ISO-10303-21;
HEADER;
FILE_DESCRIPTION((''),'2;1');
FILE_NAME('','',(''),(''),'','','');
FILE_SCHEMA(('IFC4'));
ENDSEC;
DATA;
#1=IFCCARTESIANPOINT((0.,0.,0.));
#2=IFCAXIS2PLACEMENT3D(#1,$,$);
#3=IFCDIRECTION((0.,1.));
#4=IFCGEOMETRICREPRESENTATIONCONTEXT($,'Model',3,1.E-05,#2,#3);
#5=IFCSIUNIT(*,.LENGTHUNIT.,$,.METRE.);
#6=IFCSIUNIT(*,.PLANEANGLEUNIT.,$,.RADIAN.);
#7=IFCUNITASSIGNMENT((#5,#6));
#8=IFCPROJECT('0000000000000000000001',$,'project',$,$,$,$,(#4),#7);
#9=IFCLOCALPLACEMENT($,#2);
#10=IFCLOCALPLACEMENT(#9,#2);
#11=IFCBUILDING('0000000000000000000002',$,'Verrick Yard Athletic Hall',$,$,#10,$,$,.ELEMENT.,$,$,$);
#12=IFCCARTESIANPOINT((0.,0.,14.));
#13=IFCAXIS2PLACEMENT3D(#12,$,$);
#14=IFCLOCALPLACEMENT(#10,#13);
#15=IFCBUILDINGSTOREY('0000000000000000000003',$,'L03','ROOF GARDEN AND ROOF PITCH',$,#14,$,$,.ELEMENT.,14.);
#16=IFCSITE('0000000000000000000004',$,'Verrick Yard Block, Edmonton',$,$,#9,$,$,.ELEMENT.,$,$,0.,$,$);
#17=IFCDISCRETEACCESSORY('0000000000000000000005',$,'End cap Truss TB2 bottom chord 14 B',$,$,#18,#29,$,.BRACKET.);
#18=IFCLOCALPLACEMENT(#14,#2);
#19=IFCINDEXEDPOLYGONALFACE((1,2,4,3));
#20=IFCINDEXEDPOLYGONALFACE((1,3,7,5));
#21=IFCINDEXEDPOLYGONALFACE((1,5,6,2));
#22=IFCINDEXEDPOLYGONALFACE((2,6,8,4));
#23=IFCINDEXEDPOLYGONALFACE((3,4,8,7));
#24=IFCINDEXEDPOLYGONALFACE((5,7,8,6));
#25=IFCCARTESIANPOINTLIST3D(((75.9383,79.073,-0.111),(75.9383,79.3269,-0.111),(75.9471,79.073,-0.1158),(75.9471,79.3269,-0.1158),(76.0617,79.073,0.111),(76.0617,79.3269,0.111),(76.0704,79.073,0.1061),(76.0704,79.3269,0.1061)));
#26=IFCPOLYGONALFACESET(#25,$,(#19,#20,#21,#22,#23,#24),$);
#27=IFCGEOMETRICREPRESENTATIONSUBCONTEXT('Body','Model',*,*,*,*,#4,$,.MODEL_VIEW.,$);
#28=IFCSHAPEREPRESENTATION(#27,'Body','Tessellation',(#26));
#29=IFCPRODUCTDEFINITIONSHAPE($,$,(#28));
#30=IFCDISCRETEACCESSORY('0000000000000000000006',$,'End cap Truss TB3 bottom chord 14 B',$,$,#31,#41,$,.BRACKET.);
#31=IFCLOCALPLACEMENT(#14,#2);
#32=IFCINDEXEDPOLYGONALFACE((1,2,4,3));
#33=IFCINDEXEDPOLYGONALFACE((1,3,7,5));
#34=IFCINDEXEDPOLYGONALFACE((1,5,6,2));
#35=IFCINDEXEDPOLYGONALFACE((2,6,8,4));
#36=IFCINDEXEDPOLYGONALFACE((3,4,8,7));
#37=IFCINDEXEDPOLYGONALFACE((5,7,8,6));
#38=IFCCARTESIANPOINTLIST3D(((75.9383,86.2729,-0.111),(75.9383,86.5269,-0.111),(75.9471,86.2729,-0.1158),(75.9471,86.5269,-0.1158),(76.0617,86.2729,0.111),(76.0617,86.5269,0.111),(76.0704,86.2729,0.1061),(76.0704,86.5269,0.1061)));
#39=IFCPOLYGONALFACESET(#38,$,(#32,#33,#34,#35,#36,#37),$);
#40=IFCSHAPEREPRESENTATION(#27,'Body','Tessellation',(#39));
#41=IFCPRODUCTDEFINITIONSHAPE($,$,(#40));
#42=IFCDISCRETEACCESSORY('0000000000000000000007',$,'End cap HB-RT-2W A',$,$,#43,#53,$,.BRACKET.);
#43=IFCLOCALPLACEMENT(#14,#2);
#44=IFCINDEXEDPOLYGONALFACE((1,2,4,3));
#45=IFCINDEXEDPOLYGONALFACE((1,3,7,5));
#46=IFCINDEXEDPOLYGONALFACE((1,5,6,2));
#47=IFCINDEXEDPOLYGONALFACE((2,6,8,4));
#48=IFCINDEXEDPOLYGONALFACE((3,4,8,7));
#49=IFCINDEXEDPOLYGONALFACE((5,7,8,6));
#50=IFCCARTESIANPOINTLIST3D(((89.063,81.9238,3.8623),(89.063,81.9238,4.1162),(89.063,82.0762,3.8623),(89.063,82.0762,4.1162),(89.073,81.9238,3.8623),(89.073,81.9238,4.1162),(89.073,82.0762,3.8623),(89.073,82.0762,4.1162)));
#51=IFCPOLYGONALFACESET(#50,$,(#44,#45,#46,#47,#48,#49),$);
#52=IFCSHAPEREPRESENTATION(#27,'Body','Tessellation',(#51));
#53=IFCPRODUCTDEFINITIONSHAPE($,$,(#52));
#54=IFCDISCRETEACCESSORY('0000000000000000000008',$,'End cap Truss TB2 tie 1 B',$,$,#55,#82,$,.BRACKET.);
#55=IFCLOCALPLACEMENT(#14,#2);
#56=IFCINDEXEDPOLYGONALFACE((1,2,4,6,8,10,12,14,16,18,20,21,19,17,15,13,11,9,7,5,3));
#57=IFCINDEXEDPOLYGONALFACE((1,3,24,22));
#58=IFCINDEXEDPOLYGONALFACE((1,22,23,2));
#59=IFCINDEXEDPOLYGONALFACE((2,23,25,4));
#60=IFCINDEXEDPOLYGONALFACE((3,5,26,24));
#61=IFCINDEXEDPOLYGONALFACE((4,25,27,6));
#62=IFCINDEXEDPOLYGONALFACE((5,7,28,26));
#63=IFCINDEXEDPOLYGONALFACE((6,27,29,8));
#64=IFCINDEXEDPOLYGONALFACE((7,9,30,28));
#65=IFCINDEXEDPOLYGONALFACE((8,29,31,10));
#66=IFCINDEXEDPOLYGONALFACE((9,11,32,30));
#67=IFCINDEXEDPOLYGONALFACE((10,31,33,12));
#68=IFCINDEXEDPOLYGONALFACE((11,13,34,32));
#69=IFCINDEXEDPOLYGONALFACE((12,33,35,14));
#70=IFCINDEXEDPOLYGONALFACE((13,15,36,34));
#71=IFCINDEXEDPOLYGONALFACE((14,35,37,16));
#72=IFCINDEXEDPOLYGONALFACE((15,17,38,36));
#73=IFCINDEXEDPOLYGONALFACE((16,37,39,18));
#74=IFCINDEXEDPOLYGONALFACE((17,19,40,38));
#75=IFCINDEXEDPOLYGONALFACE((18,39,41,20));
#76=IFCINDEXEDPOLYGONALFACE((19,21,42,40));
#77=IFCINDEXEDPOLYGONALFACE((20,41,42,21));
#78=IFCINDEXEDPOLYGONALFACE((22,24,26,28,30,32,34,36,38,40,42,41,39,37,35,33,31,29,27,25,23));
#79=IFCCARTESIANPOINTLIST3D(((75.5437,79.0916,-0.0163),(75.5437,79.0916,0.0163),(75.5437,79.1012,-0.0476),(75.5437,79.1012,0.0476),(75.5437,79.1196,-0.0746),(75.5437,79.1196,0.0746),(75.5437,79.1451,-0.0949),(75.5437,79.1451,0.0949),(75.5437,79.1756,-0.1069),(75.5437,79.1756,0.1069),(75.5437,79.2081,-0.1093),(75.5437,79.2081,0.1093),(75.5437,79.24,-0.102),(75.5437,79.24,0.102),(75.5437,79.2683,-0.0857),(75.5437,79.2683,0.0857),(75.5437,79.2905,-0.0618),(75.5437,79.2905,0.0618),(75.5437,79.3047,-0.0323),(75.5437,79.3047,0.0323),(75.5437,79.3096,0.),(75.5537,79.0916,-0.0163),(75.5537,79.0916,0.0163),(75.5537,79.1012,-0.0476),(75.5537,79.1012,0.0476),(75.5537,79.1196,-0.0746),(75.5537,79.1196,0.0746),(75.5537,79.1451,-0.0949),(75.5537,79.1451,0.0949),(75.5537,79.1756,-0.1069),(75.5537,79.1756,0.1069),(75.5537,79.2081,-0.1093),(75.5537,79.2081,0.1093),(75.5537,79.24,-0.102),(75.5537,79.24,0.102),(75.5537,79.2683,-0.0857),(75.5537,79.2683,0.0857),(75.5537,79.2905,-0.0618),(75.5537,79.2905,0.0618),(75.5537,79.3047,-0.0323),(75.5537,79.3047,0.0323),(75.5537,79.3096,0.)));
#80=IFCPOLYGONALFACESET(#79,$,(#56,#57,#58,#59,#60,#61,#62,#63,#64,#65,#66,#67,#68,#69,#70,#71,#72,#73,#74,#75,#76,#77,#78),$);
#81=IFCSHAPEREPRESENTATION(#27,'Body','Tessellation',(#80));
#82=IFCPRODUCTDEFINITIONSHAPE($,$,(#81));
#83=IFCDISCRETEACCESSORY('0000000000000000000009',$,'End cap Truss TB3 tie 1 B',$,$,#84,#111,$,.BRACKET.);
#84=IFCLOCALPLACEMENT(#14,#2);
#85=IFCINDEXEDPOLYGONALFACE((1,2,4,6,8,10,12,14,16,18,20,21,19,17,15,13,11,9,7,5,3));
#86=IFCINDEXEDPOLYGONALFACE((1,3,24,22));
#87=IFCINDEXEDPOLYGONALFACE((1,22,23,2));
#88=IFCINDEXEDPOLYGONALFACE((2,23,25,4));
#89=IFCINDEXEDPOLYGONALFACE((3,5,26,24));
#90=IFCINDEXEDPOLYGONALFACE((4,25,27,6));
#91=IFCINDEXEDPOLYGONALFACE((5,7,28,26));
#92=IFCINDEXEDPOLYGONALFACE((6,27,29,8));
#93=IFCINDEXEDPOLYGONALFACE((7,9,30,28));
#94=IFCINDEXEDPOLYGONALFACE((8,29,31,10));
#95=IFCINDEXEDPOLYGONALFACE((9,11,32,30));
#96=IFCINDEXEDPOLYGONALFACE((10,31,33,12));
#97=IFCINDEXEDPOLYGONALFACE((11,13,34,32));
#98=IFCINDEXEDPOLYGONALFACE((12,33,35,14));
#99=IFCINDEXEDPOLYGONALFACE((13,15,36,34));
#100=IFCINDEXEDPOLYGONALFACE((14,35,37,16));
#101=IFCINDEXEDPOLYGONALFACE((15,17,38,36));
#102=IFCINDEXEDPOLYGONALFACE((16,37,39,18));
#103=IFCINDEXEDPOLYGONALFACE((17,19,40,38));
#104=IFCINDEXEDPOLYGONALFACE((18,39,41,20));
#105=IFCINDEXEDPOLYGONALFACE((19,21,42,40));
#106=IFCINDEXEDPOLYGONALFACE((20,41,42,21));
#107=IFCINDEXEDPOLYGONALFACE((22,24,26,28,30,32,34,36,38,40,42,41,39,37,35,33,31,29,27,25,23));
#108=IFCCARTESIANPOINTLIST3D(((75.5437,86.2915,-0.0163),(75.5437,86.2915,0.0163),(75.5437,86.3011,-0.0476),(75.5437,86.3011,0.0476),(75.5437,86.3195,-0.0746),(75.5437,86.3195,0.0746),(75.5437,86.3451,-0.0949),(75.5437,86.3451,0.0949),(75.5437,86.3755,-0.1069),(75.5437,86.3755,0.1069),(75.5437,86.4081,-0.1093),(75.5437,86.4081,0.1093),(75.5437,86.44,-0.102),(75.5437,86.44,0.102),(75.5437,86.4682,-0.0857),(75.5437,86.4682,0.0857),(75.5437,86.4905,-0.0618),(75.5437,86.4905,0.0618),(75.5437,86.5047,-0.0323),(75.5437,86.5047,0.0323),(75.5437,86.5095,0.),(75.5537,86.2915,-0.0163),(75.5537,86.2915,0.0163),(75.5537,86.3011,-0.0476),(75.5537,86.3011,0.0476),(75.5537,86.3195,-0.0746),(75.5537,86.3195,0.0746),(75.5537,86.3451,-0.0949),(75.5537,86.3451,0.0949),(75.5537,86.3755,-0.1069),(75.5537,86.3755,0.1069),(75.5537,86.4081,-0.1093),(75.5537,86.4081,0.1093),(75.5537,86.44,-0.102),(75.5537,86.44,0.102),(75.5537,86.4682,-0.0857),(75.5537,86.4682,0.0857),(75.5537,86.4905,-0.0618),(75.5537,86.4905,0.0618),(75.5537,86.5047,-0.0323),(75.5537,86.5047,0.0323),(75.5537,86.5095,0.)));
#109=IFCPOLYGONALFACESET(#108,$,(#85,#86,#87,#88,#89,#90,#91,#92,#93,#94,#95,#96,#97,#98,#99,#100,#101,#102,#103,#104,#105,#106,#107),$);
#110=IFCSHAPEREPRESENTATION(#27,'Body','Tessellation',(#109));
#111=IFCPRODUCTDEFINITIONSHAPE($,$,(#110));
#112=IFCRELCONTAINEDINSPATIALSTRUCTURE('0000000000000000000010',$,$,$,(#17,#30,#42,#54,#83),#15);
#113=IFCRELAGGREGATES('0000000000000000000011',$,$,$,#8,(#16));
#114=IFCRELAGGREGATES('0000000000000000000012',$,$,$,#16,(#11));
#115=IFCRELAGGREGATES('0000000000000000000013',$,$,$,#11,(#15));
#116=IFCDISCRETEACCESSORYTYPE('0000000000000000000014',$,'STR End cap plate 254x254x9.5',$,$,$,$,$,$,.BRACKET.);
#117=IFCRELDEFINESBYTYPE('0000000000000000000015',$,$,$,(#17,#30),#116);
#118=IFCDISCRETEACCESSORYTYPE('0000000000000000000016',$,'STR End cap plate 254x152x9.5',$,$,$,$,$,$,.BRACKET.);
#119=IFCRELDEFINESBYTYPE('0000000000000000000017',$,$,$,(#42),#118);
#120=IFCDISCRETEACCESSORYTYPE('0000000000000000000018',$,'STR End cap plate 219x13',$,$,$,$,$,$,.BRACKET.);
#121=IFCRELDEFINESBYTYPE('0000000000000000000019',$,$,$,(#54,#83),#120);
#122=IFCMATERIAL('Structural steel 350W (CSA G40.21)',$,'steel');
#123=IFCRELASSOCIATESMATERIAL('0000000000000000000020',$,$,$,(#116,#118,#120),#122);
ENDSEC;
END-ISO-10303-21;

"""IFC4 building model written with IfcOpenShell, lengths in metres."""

from ifc_helpers import new_model, si_unit, direction, frame, origin, origin_2d, place, context, subcontext, project, spatial, rectangle, circle, extrude, material, material_profile, profile_set, type_object, element, save


model = new_model("IFC4")

# Units and contexts
model_context = context("Model", 3, precision=1e-05, world=origin(), true_north=direction((0.0, 1.0)))
body_context = subcontext(model_context, "Body", "Model", "MODEL_VIEW")
ifc_project = project(units=[si_unit("LENGTHUNIT", "METRE"), si_unit("PLANEANGLEUNIT", "RADIAN")], contexts=[model_context])

# Site, building, storey
site_placement = place(None, origin())
site = spatial("IfcSite", under=ifc_project, at=site_placement, Name="Verrick Yard Block, Edmonton", CompositionType="ELEMENT", RefElevation=0.0)
building_placement = place(site_placement, origin())
building = spatial("IfcBuilding", under=site, at=building_placement, Name="Verrick Yard Athletic Hall", CompositionType="ELEMENT")
storey_placement = place(building_placement, frame((0.0, 0.0, 14.0)))
storey = spatial("IfcBuildingStorey", under=building, at=storey_placement, Name="L03", Description="ROOF GARDEN AND ROOF PITCH", CompositionType="ELEMENT", Elevation=14.0)

# Discrete accessories
ifc_material_1 = material(Name="Structural steel 350W (CSA G40.21)", Category="steel")
ifc_material_profile_1 = material_profile(ifc_material_1, rectangle(XDim=0.2539, YDim=0.2539, at=origin_2d()), Name="STR End cap plate 254x254x9.5")
ifc_profile_set_1 = profile_set([ifc_material_profile_1], Name="Structural steel 350W (CSA G40.21)")
discrete_accessory_type_1 = type_object("IfcDiscreteAccessoryType", Name="STR End cap plate 254x254x9.5", PredefinedType="BRACKET", material=ifc_profile_set_1)
for number, where, z_axis, x_axis, name in (
    (1, (76.0, 79.2, 0.0), (0.874157, 0.0, -0.485643), (0.0, 1.0, 0.0), "End cap Truss TB2 bottom chord 14 B"),
    (2, (76.0, 86.3999, 0.0), (0.874157, 0.0, -0.485643), (0.0, 1.0, 0.0), "End cap Truss TB3 bottom chord 14 B"),
):
    element("IfcDiscreteAccessory", number, at=place(storey_placement, frame(where, z_axis=z_axis, x_axis=x_axis)), inside=storey, type_object=discrete_accessory_type_1, Name=name, PredefinedType="BRACKET", context=body_context, shape_type="SweptSolid", body=[
        extrude(rectangle(XDim=0.2539, YDim=0.2539, at=origin_2d()), origin(), (0.0, 0.0, 1.0), 0.01),
    ])
ifc_material_profile_2 = material_profile(ifc_material_1, rectangle(XDim=0.1523, YDim=0.2539, at=origin_2d()), Name="STR End cap plate 254x152x9.5")
ifc_profile_set_2 = profile_set([ifc_material_profile_2], Name="Structural steel 350W (CSA G40.21)")
discrete_accessory_type_2 = type_object("IfcDiscreteAccessoryType", Name="STR End cap plate 254x152x9.5", PredefinedType="BRACKET", material=ifc_profile_set_2)
discrete_accessory_placement = place(storey_placement, frame((89.063, 82.0, 3.9893), z_axis=(1.0, 0.0, 0.0), x_axis=(0.0, 1.0, 0.0)))
element("IfcDiscreteAccessory", 3, at=discrete_accessory_placement, inside=storey, type_object=discrete_accessory_type_2, Name="End cap HB-RT-2W A", PredefinedType="BRACKET", context=body_context, shape_type="SweptSolid", body=[
    extrude(rectangle(XDim=0.1523, YDim=0.2539, at=origin_2d()), origin(), (0.0, 0.0, 1.0), 0.01),
])
ifc_material_profile_3 = material_profile(ifc_material_1, circle(Radius=0.1096, at=origin_2d()), Name="STR End cap plate 219x13")
ifc_profile_set_3 = profile_set([ifc_material_profile_3], Name="Structural steel 350W (CSA G40.21)")
discrete_accessory_type_3 = type_object("IfcDiscreteAccessoryType", Name="STR End cap plate 219x13", PredefinedType="BRACKET", material=ifc_profile_set_3)
for number, where, z_axis, x_axis, name in (
    (4, (75.5437, 79.2, 0.0), (1.0, 0.0, 0.0), (0.0, 1.0, 0.0), "End cap Truss TB2 tie 1 B"),
    (5, (75.5437, 86.3999, 0.0), (1.0, 0.0, 0.0), (0.0, 1.0, 0.0), "End cap Truss TB3 tie 1 B"),
):
    element("IfcDiscreteAccessory", number, at=place(storey_placement, frame(where, z_axis=z_axis, x_axis=x_axis)), inside=storey, type_object=discrete_accessory_type_3, Name=name, PredefinedType="BRACKET", context=body_context, shape_type="SweptSolid", body=[
        extrude(circle(Radius=0.1096, at=origin_2d()), origin(), (0.0, 0.0, 1.0), 0.01),
    ])

save(model, "model.ifc")
